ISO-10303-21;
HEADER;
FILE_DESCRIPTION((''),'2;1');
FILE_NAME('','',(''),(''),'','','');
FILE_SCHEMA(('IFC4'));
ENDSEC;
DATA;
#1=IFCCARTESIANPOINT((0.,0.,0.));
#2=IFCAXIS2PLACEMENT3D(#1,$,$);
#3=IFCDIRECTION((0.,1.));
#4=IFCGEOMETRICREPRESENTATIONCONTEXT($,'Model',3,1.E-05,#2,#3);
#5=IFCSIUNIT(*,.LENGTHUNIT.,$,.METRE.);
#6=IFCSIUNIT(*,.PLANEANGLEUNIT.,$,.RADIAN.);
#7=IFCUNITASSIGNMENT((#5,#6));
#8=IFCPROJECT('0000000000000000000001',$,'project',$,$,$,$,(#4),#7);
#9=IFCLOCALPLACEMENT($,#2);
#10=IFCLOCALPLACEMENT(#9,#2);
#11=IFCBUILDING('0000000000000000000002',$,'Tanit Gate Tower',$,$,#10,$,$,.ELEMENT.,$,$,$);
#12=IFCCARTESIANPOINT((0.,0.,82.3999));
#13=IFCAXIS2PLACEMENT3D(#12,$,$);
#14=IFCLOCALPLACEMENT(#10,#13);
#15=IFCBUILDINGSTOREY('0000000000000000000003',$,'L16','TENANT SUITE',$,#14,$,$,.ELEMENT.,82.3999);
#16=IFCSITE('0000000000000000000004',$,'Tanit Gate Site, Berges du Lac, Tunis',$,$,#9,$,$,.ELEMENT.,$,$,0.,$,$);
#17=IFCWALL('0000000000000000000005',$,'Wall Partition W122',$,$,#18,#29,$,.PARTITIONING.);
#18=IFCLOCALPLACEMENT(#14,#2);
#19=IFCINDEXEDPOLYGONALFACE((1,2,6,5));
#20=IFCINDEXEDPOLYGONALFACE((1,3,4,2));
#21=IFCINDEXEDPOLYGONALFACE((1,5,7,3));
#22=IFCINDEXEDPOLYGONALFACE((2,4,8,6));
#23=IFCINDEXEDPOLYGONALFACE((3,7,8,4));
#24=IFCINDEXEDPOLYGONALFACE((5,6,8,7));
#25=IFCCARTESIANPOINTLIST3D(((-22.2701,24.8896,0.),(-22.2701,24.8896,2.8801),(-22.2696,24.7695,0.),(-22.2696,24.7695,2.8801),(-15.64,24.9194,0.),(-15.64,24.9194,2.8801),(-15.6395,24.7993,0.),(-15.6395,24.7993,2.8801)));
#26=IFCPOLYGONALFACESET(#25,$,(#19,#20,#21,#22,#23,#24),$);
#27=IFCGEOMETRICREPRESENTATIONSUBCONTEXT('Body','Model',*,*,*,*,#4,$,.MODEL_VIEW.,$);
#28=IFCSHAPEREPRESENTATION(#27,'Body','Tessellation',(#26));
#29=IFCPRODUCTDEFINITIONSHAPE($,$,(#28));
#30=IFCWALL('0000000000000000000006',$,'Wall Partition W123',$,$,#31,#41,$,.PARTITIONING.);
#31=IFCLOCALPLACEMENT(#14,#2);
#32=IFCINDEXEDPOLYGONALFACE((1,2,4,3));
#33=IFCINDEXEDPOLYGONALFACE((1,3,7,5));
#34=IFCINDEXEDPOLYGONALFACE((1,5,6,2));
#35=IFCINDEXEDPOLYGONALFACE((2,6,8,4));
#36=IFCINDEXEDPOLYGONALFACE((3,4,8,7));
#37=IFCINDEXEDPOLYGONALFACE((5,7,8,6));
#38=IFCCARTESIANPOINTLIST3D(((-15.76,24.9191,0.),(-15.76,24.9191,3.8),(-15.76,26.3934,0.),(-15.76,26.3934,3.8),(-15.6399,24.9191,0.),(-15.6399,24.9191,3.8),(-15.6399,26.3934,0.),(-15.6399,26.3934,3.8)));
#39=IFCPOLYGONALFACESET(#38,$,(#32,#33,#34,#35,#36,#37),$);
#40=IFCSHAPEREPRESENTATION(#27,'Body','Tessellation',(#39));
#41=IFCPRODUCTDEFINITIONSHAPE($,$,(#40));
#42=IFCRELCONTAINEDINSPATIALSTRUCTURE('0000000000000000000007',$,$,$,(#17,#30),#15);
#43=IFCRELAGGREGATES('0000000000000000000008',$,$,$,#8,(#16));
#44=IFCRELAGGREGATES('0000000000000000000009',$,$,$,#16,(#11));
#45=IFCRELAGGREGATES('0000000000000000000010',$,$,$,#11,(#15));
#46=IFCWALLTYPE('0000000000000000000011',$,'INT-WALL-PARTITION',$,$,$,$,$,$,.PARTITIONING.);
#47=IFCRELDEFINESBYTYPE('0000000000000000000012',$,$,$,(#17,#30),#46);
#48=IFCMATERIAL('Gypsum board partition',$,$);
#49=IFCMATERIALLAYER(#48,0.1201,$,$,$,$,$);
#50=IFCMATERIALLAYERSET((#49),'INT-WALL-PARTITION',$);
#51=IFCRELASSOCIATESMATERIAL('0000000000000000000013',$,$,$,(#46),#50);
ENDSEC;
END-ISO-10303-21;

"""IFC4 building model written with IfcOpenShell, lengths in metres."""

from ifc_helpers import new_model, si_unit, direction, frame, frame_2d, origin, place, context, subcontext, project, spatial, rectangle, extrude, material, layer, layer_set, type_object, element, save


model = new_model("IFC4")

# Units and contexts
model_context = context("Model", 3, precision=1e-05, world=origin(), true_north=direction((0.0, 1.0)))
body_context = subcontext(model_context, "Body", "Model", "MODEL_VIEW")
ifc_project = project(units=[si_unit("LENGTHUNIT", "METRE"), si_unit("PLANEANGLEUNIT", "RADIAN")], contexts=[model_context])

# Site, building, storey
site_placement = place(None, origin())
site = spatial("IfcSite", under=ifc_project, at=site_placement, Name="Tanit Gate Site, Berges du Lac, Tunis", CompositionType="ELEMENT", RefElevation=0.0)
building_placement = place(site_placement, origin())
building = spatial("IfcBuilding", under=site, at=building_placement, Name="Tanit Gate Tower", CompositionType="ELEMENT")
storey_placement = place(building_placement, frame((0.0, 0.0, 82.3999)))
storey = spatial("IfcBuildingStorey", under=building, at=storey_placement, Name="L16", Description="TENANT SUITE", CompositionType="ELEMENT", Elevation=82.3999)

# Shared definitions
ifc_material_1 = material(Name="Gypsum board partition")
ifc_layer_1 = layer(ifc_material_1, 0.1201)
ifc_layer_set_1 = layer_set([ifc_layer_1], Name="INT-WALL-PARTITION")
wall_type_1 = type_object("IfcWallType", Name="INT-WALL-PARTITION", PredefinedType="PARTITIONING", material=ifc_layer_set_1)

# Walls
wall_1_placement = place(storey_placement, frame((-15.6399, 24.8594, 0.0), z_axis=(0.0, 0.0, 1.0), x_axis=(-0.99999, -0.004492, 0.0)))
element("IfcWall", 1, at=wall_1_placement, inside=storey, type_object=wall_type_1, Name="Wall Partition W122", PredefinedType="PARTITIONING", context=body_context, shape_type="SweptSolid", body=[
    extrude(rectangle(XDim=6.6301, YDim=0.1201, at=frame_2d((3.3149, 0.0))), origin(), (0.0, 0.0, 1.0), 2.8801),
])
wall_2_placement = place(storey_placement, frame((-15.7, 24.9189, 0.0), z_axis=(0.0, 0.0, 1.0), x_axis=(0.0, 1.0, 0.0)))
element("IfcWall", 2, at=wall_2_placement, inside=storey, type_object=wall_type_1, Name="Wall Partition W123", PredefinedType="PARTITIONING", context=body_context, shape_type="SweptSolid", body=[
    extrude(rectangle(XDim=1.4744, YDim=0.1201, at=frame_2d((0.7373, 0.0))), origin(), (0.0, 0.0, 1.0), 3.8),
])

save(model, "model.ifc")
